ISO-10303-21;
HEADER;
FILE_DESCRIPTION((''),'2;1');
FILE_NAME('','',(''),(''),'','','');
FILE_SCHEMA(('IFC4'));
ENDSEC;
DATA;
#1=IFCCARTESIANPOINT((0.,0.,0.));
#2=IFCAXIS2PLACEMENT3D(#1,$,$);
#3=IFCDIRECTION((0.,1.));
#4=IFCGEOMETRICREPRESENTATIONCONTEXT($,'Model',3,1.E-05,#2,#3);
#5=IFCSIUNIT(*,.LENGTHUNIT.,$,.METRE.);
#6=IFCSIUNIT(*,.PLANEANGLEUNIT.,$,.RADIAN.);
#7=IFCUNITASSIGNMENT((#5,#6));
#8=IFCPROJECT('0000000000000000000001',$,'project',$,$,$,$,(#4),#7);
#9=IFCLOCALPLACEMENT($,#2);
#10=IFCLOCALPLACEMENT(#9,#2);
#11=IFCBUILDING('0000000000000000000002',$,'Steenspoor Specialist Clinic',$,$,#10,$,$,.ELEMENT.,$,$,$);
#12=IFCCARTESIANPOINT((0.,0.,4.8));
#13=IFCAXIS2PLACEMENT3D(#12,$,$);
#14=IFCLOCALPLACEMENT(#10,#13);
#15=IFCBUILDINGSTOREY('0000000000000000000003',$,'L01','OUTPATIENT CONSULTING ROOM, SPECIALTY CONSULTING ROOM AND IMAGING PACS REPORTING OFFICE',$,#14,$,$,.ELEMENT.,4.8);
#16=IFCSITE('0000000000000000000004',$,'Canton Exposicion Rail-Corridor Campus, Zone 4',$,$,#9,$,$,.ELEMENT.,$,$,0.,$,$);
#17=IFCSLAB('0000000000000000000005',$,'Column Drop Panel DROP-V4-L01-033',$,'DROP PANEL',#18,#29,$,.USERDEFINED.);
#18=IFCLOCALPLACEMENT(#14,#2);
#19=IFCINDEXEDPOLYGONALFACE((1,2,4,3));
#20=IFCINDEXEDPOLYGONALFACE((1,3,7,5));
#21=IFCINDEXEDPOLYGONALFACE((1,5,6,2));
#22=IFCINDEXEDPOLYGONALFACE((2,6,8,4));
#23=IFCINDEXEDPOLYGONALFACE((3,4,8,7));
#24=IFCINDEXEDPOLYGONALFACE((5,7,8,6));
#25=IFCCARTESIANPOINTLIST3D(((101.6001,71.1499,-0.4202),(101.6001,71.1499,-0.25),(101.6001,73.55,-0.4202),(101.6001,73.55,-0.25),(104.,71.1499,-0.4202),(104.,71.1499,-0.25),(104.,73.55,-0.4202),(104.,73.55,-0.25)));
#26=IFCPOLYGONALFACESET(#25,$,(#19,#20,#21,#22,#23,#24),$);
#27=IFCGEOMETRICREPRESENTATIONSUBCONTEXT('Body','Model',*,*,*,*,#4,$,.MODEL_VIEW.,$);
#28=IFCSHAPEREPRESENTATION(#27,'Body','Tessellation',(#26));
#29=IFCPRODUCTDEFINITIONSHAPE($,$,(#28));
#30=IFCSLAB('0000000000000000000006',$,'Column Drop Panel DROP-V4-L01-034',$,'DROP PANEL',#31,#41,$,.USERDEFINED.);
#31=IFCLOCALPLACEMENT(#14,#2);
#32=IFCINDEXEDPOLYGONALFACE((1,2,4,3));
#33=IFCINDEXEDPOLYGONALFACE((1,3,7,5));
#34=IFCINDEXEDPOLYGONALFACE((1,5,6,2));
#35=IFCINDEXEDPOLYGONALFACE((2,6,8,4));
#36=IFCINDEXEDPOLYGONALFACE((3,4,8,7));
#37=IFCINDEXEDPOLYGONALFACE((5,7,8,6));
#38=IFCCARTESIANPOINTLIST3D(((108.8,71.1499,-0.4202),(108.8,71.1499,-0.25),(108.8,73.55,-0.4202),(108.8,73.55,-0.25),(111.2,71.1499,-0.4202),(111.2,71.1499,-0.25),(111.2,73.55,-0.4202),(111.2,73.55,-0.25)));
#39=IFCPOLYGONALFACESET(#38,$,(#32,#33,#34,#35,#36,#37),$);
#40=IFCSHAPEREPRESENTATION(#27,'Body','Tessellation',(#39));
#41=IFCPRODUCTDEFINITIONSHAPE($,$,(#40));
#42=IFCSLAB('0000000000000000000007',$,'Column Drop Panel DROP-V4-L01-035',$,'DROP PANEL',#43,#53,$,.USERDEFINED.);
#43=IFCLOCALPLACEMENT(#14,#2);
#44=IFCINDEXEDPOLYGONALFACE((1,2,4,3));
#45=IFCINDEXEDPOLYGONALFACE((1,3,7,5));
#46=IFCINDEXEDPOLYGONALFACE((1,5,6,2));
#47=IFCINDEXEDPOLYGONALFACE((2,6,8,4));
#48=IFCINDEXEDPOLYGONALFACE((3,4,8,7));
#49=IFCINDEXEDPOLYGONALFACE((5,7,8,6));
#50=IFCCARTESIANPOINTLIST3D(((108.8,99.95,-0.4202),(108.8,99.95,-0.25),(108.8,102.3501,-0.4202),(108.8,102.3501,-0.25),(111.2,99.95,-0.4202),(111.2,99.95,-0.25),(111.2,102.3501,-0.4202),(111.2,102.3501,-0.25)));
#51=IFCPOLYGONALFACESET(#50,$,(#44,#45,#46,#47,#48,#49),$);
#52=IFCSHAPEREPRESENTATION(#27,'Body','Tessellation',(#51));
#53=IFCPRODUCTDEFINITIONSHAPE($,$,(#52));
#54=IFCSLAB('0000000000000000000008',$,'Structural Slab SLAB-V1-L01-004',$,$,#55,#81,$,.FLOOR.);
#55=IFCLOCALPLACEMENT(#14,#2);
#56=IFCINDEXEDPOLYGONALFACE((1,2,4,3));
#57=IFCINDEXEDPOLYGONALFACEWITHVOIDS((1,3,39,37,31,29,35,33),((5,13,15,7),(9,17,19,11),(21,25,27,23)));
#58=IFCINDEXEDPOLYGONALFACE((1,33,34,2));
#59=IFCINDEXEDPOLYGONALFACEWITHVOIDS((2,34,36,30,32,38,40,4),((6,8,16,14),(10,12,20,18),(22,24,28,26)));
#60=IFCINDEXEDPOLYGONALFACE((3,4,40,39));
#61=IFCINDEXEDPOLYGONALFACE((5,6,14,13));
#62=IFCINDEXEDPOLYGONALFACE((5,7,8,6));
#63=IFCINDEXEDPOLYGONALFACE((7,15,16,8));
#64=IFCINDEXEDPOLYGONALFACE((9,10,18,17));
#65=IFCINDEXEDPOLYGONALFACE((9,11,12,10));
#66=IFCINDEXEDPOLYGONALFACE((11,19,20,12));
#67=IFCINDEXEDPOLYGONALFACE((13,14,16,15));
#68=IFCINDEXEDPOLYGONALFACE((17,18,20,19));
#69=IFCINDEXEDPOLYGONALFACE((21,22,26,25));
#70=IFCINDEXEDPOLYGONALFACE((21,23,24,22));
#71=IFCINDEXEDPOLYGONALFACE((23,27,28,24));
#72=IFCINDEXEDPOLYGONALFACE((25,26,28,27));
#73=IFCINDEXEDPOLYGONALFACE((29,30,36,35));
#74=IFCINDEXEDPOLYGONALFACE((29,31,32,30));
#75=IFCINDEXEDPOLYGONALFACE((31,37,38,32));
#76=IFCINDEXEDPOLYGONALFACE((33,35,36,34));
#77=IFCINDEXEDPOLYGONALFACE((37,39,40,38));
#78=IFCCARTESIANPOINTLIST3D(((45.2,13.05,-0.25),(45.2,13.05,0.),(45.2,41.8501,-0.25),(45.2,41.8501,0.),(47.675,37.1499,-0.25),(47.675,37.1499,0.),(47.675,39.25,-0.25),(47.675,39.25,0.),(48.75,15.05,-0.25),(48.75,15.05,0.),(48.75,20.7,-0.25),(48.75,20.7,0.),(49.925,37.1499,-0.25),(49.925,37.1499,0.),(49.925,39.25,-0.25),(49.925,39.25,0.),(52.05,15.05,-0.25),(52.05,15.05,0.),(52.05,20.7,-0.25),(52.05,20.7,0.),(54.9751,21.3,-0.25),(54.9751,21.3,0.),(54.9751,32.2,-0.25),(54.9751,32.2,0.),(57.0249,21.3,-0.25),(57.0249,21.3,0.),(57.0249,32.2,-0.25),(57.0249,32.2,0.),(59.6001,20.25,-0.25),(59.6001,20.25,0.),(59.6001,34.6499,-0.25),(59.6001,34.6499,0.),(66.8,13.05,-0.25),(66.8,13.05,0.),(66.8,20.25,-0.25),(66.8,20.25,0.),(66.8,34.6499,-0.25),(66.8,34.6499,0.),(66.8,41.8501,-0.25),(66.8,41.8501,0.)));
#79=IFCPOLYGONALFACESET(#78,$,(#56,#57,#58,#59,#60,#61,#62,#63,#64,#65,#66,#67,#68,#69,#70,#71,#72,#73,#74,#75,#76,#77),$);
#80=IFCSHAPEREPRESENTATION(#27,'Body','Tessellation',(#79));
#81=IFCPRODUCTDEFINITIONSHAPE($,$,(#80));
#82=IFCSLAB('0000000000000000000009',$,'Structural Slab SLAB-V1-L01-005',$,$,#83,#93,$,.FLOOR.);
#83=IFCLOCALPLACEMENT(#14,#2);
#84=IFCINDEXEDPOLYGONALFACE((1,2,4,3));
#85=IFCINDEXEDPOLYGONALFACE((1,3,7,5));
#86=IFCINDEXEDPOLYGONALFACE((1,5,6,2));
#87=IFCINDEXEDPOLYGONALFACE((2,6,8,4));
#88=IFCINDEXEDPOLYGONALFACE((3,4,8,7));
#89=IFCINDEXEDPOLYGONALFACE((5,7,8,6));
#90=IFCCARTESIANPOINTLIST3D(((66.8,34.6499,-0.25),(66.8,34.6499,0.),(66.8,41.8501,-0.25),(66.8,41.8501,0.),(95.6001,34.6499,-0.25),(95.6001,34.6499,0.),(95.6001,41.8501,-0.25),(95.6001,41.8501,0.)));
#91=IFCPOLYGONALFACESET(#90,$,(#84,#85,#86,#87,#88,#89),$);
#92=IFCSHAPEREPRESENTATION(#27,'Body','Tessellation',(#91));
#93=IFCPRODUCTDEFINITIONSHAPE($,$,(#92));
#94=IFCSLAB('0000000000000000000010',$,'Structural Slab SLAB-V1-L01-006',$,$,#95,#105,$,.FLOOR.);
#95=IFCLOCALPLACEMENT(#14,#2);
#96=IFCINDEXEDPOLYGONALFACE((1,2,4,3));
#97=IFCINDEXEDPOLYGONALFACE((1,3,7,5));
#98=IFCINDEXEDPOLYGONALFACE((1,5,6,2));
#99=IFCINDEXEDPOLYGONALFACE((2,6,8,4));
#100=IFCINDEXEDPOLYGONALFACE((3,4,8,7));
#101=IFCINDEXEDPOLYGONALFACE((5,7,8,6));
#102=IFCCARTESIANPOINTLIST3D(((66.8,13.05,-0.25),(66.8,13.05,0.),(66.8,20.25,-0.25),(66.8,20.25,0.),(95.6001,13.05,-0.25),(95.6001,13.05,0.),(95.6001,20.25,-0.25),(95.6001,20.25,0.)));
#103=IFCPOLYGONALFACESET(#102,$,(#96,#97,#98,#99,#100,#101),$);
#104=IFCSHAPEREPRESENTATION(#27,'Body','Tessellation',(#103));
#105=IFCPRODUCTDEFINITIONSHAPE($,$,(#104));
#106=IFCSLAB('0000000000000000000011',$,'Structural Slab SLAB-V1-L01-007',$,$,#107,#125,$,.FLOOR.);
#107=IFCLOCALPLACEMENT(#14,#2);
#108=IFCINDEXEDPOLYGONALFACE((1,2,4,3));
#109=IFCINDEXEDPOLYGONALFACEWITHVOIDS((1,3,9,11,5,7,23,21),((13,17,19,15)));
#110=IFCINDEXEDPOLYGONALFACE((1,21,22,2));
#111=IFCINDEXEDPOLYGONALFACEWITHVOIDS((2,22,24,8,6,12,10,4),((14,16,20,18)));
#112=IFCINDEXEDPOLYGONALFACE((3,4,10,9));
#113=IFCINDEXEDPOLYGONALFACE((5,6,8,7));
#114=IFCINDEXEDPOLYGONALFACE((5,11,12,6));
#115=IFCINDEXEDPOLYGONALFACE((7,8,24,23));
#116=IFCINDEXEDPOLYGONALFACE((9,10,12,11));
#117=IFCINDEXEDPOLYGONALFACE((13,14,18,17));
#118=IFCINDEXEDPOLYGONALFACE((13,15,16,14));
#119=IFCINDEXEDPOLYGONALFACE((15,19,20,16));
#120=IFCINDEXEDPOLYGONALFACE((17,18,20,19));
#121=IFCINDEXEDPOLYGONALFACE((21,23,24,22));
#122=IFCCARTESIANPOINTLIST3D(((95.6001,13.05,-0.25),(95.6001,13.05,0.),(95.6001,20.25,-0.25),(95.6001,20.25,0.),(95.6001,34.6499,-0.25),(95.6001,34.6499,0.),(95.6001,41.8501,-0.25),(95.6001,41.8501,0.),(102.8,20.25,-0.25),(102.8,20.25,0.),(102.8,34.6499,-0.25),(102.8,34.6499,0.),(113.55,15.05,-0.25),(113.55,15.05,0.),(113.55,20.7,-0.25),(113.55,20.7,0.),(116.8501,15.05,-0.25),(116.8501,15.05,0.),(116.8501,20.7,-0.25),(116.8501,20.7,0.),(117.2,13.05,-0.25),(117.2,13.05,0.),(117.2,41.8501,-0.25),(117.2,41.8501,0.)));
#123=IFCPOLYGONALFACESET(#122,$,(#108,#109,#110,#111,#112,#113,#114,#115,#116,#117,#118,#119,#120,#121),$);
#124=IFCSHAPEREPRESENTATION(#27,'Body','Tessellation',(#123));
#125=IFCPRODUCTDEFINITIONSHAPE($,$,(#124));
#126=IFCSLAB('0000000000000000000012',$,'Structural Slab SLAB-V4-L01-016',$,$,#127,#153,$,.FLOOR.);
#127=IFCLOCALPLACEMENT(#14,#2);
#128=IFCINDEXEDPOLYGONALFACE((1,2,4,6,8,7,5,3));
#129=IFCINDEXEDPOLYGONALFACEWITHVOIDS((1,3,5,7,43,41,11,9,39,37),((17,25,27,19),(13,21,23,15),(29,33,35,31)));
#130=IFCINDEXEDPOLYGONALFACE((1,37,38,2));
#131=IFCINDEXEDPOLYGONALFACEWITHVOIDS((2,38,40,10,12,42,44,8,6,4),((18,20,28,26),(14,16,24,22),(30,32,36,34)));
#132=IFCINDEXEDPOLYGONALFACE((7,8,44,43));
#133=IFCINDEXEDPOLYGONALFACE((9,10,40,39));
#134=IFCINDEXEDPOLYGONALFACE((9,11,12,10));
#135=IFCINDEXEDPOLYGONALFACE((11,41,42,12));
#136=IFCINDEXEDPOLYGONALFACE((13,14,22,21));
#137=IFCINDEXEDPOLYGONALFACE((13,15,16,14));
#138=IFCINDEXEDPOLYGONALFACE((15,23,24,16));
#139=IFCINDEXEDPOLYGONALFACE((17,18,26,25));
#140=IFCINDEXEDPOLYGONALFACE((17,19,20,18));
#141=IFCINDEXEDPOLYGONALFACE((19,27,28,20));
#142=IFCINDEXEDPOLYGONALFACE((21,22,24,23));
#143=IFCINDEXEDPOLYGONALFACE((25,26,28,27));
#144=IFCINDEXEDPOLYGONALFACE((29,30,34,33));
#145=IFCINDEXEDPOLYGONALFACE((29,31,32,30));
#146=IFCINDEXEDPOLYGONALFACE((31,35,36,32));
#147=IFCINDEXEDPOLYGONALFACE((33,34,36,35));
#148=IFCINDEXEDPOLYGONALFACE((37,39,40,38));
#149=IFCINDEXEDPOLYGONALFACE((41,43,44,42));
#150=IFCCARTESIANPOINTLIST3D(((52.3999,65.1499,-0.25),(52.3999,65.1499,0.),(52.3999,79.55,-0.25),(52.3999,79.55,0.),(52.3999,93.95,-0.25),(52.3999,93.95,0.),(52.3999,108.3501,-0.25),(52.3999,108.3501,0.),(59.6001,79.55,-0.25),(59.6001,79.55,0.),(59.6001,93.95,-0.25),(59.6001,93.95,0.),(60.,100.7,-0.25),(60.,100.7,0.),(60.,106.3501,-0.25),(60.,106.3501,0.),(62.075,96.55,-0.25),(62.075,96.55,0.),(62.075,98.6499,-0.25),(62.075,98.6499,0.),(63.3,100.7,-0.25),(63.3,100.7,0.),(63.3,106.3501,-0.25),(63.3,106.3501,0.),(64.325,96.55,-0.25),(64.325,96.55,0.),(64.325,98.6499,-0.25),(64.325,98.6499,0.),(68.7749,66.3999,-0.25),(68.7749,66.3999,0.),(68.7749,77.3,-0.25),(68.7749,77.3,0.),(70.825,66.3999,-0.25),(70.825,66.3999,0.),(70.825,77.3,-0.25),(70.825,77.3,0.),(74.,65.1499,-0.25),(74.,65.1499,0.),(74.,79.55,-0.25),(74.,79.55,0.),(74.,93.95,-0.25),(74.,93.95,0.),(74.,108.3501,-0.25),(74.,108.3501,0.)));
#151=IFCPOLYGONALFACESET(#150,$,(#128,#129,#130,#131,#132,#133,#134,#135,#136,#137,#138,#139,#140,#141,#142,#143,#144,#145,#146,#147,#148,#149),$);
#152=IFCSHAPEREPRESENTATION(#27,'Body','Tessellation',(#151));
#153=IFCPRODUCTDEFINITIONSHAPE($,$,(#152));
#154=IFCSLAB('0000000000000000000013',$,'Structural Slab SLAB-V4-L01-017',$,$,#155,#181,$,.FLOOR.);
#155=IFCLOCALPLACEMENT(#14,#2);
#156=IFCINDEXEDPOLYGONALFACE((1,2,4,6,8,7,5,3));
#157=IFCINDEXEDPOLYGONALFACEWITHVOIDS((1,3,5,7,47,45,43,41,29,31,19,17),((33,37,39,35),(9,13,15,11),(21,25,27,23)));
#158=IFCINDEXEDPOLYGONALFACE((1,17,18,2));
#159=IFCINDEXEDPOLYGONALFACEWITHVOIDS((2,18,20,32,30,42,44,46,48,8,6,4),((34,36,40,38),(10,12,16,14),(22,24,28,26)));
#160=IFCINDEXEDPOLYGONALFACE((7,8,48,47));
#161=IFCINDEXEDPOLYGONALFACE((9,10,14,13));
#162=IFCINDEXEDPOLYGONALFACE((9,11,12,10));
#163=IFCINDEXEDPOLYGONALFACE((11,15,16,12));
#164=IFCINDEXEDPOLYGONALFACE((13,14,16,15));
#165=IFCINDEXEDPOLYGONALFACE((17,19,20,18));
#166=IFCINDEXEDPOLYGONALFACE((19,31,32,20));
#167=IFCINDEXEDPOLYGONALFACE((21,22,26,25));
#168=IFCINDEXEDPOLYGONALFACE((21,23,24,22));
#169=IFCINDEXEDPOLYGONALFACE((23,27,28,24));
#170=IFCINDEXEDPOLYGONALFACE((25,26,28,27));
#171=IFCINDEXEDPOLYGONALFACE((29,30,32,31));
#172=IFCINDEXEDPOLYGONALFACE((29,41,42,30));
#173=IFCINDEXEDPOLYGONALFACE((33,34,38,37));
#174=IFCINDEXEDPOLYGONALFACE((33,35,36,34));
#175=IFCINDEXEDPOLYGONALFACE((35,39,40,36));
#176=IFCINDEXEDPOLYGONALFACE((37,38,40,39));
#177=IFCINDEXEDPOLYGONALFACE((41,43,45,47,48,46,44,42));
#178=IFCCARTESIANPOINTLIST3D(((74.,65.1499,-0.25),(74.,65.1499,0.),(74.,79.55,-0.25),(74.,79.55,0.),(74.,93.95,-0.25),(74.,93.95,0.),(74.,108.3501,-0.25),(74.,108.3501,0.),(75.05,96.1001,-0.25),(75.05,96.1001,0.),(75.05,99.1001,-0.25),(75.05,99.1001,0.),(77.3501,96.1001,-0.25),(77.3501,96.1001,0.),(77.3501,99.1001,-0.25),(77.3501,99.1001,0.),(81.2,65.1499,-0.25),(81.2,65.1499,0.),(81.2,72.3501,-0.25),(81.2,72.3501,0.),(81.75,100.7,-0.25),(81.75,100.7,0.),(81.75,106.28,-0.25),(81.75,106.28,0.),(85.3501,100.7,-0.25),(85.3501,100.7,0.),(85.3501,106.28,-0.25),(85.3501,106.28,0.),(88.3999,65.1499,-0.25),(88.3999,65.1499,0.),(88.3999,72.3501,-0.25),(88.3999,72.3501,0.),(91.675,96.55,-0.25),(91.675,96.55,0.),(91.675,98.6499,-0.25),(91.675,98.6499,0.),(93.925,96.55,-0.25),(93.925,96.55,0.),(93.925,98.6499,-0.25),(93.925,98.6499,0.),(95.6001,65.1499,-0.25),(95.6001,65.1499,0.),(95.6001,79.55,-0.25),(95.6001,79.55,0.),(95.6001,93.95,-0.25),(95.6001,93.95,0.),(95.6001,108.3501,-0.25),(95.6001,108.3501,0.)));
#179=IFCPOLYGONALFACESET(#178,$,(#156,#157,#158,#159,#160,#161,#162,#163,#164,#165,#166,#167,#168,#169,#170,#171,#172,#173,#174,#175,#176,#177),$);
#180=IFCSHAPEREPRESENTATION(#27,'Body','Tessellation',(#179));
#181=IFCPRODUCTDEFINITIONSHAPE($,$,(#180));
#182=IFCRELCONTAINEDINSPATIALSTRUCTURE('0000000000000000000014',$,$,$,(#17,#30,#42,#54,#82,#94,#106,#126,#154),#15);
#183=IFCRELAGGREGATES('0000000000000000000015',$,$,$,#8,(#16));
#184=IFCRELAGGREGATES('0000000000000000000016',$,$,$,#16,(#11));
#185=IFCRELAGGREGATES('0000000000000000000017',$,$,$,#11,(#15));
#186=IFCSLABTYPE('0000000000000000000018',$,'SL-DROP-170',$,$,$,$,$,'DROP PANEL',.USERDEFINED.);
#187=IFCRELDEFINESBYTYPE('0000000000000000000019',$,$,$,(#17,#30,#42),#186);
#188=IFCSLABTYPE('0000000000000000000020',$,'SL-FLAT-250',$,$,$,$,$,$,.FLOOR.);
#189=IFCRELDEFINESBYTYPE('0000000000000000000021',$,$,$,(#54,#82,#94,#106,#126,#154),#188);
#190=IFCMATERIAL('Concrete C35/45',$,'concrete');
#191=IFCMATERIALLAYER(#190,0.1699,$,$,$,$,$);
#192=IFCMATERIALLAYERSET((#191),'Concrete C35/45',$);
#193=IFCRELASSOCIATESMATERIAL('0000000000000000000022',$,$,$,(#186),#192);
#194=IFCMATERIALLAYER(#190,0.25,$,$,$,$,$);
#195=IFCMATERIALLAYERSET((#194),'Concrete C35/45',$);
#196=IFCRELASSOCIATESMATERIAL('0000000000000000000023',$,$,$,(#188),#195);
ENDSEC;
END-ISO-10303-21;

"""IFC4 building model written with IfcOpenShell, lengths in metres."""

from ifc_helpers import new_model, si_unit, direction, frame, origin, place, context, subcontext, project, spatial, polyline, outline, extrude, material, layer, layer_set, type_object, element, save


model = new_model("IFC4")

# Units and contexts
model_context = context("Model", 3, precision=1e-05, world=origin(), true_north=direction((0.0, 1.0)))
body_context = subcontext(model_context, "Body", "Model", "MODEL_VIEW")
ifc_project = project(units=[si_unit("LENGTHUNIT", "METRE"), si_unit("PLANEANGLEUNIT", "RADIAN")], contexts=[model_context])

# Site, building, storey
site_placement = place(None, origin())
site = spatial("IfcSite", under=ifc_project, at=site_placement, Name="Canton Exposicion Rail-Corridor Campus, Zone 4", CompositionType="ELEMENT", RefElevation=0.0)
building_placement = place(site_placement, origin())
building = spatial("IfcBuilding", under=site, at=building_placement, Name="Steenspoor Specialist Clinic", CompositionType="ELEMENT")
storey_placement = place(building_placement, frame((0.0, 0.0, 4.8)))
storey = spatial("IfcBuildingStorey", under=building, at=storey_placement, Name="L01", Description="OUTPATIENT CONSULTING ROOM, SPECIALTY CONSULTING ROOM AND IMAGING PACS REPORTING OFFICE", CompositionType="ELEMENT", Elevation=4.8)

# Slabs
ifc_material_1 = material(Name="Concrete C35/45", Category="concrete")
ifc_layer_1 = layer(ifc_material_1, 0.1699)
ifc_layer_set_1 = layer_set([ifc_layer_1], Name="Concrete C35/45")
slab_type_1 = type_object("IfcSlabType", Name="SL-DROP-170", ElementType="DROP PANEL", PredefinedType="USERDEFINED", material=ifc_layer_set_1)
slab_1_placement = place(storey_placement, frame((0.0, 0.0, -0.4202)))
element("IfcSlab", 1, at=slab_1_placement, inside=storey, type_object=slab_type_1, Name="Column Drop Panel DROP-V4-L01-033", ObjectType="DROP PANEL", PredefinedType="USERDEFINED", context=body_context, shape_type="SweptSolid", body=[
    extrude(outline(polyline([(104.0, 71.1499), (104.0, 73.55), (101.6001, 73.55), (101.6001, 71.1499), (104.0, 71.1499)])), origin(), (0.0, 0.0, 1.0), 0.1702),
])
slab_2_placement = place(storey_placement, frame((0.0, 0.0, -0.4202)))
element("IfcSlab", 2, at=slab_2_placement, inside=storey, type_object=slab_type_1, Name="Column Drop Panel DROP-V4-L01-034", ObjectType="DROP PANEL", PredefinedType="USERDEFINED", context=body_context, shape_type="SweptSolid", body=[
    extrude(outline(polyline([(111.2, 71.1499), (111.2, 73.55), (108.8, 73.55), (108.8, 71.1499), (111.2, 71.1499)])), origin(), (0.0, 0.0, 1.0), 0.1702),
])
slab_3_placement = place(storey_placement, frame((0.0, 0.0, -0.4202)))
element("IfcSlab", 3, at=slab_3_placement, inside=storey, type_object=slab_type_1, Name="Column Drop Panel DROP-V4-L01-035", ObjectType="DROP PANEL", PredefinedType="USERDEFINED", context=body_context, shape_type="SweptSolid", body=[
    extrude(outline(polyline([(111.2, 99.95), (111.2, 102.3501), (108.8, 102.3501), (108.8, 99.95), (111.2, 99.95)])), origin(), (0.0, 0.0, 1.0), 0.1702),
])
ifc_layer_2 = layer(ifc_material_1, 0.25)
ifc_layer_set_2 = layer_set([ifc_layer_2], Name="Concrete C35/45")
slab_type_2 = type_object("IfcSlabType", Name="SL-FLAT-250", PredefinedType="FLOOR", material=ifc_layer_set_2)
slab_4_placement = place(storey_placement, frame((0.0, 0.0, -0.25)))
element("IfcSlab", 4, at=slab_4_placement, inside=storey, type_object=slab_type_2, Name="Structural Slab SLAB-V1-L01-004", PredefinedType="FLOOR", context=body_context, shape_type="SweptSolid", body=[
    extrude(outline(polyline([(45.2, 41.8501), (66.8, 41.8501), (66.8, 34.6499), (59.6001, 34.6499), (59.6001, 20.25), (66.8, 20.25), (66.8, 13.05), (45.2, 13.05), (45.2, 41.8501)]), holes=[polyline([(48.75, 20.7), (48.75, 15.05), (52.05, 15.05), (52.05, 20.7), (48.75, 20.7)]), polyline([(57.0249, 32.2), (54.9751, 32.2), (54.9751, 21.3), (57.0249, 21.3), (57.0249, 32.2)]), polyline([(49.925, 39.25), (47.675, 39.25), (47.675, 37.1499), (49.925, 37.1499), (49.925, 39.25)])]), origin(), (0.0, 0.0, 1.0), 0.25),
])
slab_5_placement = place(storey_placement, frame((0.0, 0.0, -0.25)))
element("IfcSlab", 5, at=slab_5_placement, inside=storey, type_object=slab_type_2, Name="Structural Slab SLAB-V1-L01-005", PredefinedType="FLOOR", context=body_context, shape_type="SweptSolid", body=[
    extrude(outline(polyline([(95.6001, 41.8501), (95.6001, 34.6499), (66.8, 34.6499), (66.8, 41.8501), (95.6001, 41.8501)])), origin(), (0.0, 0.0, 1.0), 0.25),
])
slab_6_placement = place(storey_placement, frame((0.0, 0.0, -0.25)))
element("IfcSlab", 6, at=slab_6_placement, inside=storey, type_object=slab_type_2, Name="Structural Slab SLAB-V1-L01-006", PredefinedType="FLOOR", context=body_context, shape_type="SweptSolid", body=[
    extrude(outline(polyline([(66.8, 13.05), (66.8, 20.25), (95.6001, 20.25), (95.6001, 13.05), (66.8, 13.05)])), origin(), (0.0, 0.0, 1.0), 0.25),
])
slab_7_placement = place(storey_placement, frame((0.0, 0.0, -0.25)))
element("IfcSlab", 7, at=slab_7_placement, inside=storey, type_object=slab_type_2, Name="Structural Slab SLAB-V1-L01-007", PredefinedType="FLOOR", context=body_context, shape_type="SweptSolid", body=[
    extrude(outline(polyline([(117.2, 41.8501), (117.2, 13.05), (95.6001, 13.05), (95.6001, 20.25), (102.8, 20.25), (102.8, 34.6499), (95.6001, 34.6499), (95.6001, 41.8501), (117.2, 41.8501)]), holes=[polyline([(113.55, 20.7), (113.55, 15.05), (116.8501, 15.05), (116.8501, 20.7), (113.55, 20.7)])]), origin(), (0.0, 0.0, 1.0), 0.25),
])
slab_8_placement = place(storey_placement, frame((0.0, 0.0, -0.25)))
element("IfcSlab", 8, at=slab_8_placement, inside=storey, type_object=slab_type_2, Name="Structural Slab SLAB-V4-L01-016", PredefinedType="FLOOR", context=body_context, shape_type="SweptSolid", body=[
    extrude(outline(polyline([(52.3999, 65.1499), (52.3999, 79.55), (52.3999, 93.95), (52.3999, 108.3501), (74.0, 108.3501), (74.0, 93.95), (59.6001, 93.95), (59.6001, 79.55), (74.0, 79.55), (74.0, 65.1499), (52.3999, 65.1499)]), holes=[polyline([(70.825, 77.3), (68.7749, 77.3), (68.7749, 66.3999), (70.825, 66.3999), (70.825, 77.3)]), polyline([(64.325, 98.6499), (62.075, 98.6499), (62.075, 96.55), (64.325, 96.55), (64.325, 98.6499)]), polyline([(63.3, 106.3501), (60.0, 106.3501), (60.0, 100.7), (63.3, 100.7), (63.3, 106.3501)])]), origin(), (0.0, 0.0, 1.0), 0.25),
])
slab_9_placement = place(storey_placement, frame((0.0, 0.0, -0.25)))
element("IfcSlab", 9, at=slab_9_placement, inside=storey, type_object=slab_type_2, Name="Structural Slab SLAB-V4-L01-017", PredefinedType="FLOOR", context=body_context, shape_type="SweptSolid", body=[
    extrude(outline(polyline([(88.3999, 72.3501), (81.2, 72.3501), (81.2, 65.1499), (74.0, 65.1499), (74.0, 79.55), (74.0, 93.95), (74.0, 108.3501), (95.6001, 108.3501), (95.6001, 93.95), (95.6001, 79.55), (95.6001, 65.1499), (88.3999, 65.1499), (88.3999, 72.3501)]), holes=[polyline([(75.05, 99.1001), (75.05, 96.1001), (77.3501, 96.1001), (77.3501, 99.1001), (75.05, 99.1001)]), polyline([(93.925, 98.6499), (91.675, 98.6499), (91.675, 96.55), (93.925, 96.55), (93.925, 98.6499)]), polyline([(81.75, 106.28), (81.75, 100.7), (85.3501, 100.7), (85.3501, 106.28), (81.75, 106.28)])]), origin(), (0.0, 0.0, 1.0), 0.25),
])

save(model, "model.ifc")
